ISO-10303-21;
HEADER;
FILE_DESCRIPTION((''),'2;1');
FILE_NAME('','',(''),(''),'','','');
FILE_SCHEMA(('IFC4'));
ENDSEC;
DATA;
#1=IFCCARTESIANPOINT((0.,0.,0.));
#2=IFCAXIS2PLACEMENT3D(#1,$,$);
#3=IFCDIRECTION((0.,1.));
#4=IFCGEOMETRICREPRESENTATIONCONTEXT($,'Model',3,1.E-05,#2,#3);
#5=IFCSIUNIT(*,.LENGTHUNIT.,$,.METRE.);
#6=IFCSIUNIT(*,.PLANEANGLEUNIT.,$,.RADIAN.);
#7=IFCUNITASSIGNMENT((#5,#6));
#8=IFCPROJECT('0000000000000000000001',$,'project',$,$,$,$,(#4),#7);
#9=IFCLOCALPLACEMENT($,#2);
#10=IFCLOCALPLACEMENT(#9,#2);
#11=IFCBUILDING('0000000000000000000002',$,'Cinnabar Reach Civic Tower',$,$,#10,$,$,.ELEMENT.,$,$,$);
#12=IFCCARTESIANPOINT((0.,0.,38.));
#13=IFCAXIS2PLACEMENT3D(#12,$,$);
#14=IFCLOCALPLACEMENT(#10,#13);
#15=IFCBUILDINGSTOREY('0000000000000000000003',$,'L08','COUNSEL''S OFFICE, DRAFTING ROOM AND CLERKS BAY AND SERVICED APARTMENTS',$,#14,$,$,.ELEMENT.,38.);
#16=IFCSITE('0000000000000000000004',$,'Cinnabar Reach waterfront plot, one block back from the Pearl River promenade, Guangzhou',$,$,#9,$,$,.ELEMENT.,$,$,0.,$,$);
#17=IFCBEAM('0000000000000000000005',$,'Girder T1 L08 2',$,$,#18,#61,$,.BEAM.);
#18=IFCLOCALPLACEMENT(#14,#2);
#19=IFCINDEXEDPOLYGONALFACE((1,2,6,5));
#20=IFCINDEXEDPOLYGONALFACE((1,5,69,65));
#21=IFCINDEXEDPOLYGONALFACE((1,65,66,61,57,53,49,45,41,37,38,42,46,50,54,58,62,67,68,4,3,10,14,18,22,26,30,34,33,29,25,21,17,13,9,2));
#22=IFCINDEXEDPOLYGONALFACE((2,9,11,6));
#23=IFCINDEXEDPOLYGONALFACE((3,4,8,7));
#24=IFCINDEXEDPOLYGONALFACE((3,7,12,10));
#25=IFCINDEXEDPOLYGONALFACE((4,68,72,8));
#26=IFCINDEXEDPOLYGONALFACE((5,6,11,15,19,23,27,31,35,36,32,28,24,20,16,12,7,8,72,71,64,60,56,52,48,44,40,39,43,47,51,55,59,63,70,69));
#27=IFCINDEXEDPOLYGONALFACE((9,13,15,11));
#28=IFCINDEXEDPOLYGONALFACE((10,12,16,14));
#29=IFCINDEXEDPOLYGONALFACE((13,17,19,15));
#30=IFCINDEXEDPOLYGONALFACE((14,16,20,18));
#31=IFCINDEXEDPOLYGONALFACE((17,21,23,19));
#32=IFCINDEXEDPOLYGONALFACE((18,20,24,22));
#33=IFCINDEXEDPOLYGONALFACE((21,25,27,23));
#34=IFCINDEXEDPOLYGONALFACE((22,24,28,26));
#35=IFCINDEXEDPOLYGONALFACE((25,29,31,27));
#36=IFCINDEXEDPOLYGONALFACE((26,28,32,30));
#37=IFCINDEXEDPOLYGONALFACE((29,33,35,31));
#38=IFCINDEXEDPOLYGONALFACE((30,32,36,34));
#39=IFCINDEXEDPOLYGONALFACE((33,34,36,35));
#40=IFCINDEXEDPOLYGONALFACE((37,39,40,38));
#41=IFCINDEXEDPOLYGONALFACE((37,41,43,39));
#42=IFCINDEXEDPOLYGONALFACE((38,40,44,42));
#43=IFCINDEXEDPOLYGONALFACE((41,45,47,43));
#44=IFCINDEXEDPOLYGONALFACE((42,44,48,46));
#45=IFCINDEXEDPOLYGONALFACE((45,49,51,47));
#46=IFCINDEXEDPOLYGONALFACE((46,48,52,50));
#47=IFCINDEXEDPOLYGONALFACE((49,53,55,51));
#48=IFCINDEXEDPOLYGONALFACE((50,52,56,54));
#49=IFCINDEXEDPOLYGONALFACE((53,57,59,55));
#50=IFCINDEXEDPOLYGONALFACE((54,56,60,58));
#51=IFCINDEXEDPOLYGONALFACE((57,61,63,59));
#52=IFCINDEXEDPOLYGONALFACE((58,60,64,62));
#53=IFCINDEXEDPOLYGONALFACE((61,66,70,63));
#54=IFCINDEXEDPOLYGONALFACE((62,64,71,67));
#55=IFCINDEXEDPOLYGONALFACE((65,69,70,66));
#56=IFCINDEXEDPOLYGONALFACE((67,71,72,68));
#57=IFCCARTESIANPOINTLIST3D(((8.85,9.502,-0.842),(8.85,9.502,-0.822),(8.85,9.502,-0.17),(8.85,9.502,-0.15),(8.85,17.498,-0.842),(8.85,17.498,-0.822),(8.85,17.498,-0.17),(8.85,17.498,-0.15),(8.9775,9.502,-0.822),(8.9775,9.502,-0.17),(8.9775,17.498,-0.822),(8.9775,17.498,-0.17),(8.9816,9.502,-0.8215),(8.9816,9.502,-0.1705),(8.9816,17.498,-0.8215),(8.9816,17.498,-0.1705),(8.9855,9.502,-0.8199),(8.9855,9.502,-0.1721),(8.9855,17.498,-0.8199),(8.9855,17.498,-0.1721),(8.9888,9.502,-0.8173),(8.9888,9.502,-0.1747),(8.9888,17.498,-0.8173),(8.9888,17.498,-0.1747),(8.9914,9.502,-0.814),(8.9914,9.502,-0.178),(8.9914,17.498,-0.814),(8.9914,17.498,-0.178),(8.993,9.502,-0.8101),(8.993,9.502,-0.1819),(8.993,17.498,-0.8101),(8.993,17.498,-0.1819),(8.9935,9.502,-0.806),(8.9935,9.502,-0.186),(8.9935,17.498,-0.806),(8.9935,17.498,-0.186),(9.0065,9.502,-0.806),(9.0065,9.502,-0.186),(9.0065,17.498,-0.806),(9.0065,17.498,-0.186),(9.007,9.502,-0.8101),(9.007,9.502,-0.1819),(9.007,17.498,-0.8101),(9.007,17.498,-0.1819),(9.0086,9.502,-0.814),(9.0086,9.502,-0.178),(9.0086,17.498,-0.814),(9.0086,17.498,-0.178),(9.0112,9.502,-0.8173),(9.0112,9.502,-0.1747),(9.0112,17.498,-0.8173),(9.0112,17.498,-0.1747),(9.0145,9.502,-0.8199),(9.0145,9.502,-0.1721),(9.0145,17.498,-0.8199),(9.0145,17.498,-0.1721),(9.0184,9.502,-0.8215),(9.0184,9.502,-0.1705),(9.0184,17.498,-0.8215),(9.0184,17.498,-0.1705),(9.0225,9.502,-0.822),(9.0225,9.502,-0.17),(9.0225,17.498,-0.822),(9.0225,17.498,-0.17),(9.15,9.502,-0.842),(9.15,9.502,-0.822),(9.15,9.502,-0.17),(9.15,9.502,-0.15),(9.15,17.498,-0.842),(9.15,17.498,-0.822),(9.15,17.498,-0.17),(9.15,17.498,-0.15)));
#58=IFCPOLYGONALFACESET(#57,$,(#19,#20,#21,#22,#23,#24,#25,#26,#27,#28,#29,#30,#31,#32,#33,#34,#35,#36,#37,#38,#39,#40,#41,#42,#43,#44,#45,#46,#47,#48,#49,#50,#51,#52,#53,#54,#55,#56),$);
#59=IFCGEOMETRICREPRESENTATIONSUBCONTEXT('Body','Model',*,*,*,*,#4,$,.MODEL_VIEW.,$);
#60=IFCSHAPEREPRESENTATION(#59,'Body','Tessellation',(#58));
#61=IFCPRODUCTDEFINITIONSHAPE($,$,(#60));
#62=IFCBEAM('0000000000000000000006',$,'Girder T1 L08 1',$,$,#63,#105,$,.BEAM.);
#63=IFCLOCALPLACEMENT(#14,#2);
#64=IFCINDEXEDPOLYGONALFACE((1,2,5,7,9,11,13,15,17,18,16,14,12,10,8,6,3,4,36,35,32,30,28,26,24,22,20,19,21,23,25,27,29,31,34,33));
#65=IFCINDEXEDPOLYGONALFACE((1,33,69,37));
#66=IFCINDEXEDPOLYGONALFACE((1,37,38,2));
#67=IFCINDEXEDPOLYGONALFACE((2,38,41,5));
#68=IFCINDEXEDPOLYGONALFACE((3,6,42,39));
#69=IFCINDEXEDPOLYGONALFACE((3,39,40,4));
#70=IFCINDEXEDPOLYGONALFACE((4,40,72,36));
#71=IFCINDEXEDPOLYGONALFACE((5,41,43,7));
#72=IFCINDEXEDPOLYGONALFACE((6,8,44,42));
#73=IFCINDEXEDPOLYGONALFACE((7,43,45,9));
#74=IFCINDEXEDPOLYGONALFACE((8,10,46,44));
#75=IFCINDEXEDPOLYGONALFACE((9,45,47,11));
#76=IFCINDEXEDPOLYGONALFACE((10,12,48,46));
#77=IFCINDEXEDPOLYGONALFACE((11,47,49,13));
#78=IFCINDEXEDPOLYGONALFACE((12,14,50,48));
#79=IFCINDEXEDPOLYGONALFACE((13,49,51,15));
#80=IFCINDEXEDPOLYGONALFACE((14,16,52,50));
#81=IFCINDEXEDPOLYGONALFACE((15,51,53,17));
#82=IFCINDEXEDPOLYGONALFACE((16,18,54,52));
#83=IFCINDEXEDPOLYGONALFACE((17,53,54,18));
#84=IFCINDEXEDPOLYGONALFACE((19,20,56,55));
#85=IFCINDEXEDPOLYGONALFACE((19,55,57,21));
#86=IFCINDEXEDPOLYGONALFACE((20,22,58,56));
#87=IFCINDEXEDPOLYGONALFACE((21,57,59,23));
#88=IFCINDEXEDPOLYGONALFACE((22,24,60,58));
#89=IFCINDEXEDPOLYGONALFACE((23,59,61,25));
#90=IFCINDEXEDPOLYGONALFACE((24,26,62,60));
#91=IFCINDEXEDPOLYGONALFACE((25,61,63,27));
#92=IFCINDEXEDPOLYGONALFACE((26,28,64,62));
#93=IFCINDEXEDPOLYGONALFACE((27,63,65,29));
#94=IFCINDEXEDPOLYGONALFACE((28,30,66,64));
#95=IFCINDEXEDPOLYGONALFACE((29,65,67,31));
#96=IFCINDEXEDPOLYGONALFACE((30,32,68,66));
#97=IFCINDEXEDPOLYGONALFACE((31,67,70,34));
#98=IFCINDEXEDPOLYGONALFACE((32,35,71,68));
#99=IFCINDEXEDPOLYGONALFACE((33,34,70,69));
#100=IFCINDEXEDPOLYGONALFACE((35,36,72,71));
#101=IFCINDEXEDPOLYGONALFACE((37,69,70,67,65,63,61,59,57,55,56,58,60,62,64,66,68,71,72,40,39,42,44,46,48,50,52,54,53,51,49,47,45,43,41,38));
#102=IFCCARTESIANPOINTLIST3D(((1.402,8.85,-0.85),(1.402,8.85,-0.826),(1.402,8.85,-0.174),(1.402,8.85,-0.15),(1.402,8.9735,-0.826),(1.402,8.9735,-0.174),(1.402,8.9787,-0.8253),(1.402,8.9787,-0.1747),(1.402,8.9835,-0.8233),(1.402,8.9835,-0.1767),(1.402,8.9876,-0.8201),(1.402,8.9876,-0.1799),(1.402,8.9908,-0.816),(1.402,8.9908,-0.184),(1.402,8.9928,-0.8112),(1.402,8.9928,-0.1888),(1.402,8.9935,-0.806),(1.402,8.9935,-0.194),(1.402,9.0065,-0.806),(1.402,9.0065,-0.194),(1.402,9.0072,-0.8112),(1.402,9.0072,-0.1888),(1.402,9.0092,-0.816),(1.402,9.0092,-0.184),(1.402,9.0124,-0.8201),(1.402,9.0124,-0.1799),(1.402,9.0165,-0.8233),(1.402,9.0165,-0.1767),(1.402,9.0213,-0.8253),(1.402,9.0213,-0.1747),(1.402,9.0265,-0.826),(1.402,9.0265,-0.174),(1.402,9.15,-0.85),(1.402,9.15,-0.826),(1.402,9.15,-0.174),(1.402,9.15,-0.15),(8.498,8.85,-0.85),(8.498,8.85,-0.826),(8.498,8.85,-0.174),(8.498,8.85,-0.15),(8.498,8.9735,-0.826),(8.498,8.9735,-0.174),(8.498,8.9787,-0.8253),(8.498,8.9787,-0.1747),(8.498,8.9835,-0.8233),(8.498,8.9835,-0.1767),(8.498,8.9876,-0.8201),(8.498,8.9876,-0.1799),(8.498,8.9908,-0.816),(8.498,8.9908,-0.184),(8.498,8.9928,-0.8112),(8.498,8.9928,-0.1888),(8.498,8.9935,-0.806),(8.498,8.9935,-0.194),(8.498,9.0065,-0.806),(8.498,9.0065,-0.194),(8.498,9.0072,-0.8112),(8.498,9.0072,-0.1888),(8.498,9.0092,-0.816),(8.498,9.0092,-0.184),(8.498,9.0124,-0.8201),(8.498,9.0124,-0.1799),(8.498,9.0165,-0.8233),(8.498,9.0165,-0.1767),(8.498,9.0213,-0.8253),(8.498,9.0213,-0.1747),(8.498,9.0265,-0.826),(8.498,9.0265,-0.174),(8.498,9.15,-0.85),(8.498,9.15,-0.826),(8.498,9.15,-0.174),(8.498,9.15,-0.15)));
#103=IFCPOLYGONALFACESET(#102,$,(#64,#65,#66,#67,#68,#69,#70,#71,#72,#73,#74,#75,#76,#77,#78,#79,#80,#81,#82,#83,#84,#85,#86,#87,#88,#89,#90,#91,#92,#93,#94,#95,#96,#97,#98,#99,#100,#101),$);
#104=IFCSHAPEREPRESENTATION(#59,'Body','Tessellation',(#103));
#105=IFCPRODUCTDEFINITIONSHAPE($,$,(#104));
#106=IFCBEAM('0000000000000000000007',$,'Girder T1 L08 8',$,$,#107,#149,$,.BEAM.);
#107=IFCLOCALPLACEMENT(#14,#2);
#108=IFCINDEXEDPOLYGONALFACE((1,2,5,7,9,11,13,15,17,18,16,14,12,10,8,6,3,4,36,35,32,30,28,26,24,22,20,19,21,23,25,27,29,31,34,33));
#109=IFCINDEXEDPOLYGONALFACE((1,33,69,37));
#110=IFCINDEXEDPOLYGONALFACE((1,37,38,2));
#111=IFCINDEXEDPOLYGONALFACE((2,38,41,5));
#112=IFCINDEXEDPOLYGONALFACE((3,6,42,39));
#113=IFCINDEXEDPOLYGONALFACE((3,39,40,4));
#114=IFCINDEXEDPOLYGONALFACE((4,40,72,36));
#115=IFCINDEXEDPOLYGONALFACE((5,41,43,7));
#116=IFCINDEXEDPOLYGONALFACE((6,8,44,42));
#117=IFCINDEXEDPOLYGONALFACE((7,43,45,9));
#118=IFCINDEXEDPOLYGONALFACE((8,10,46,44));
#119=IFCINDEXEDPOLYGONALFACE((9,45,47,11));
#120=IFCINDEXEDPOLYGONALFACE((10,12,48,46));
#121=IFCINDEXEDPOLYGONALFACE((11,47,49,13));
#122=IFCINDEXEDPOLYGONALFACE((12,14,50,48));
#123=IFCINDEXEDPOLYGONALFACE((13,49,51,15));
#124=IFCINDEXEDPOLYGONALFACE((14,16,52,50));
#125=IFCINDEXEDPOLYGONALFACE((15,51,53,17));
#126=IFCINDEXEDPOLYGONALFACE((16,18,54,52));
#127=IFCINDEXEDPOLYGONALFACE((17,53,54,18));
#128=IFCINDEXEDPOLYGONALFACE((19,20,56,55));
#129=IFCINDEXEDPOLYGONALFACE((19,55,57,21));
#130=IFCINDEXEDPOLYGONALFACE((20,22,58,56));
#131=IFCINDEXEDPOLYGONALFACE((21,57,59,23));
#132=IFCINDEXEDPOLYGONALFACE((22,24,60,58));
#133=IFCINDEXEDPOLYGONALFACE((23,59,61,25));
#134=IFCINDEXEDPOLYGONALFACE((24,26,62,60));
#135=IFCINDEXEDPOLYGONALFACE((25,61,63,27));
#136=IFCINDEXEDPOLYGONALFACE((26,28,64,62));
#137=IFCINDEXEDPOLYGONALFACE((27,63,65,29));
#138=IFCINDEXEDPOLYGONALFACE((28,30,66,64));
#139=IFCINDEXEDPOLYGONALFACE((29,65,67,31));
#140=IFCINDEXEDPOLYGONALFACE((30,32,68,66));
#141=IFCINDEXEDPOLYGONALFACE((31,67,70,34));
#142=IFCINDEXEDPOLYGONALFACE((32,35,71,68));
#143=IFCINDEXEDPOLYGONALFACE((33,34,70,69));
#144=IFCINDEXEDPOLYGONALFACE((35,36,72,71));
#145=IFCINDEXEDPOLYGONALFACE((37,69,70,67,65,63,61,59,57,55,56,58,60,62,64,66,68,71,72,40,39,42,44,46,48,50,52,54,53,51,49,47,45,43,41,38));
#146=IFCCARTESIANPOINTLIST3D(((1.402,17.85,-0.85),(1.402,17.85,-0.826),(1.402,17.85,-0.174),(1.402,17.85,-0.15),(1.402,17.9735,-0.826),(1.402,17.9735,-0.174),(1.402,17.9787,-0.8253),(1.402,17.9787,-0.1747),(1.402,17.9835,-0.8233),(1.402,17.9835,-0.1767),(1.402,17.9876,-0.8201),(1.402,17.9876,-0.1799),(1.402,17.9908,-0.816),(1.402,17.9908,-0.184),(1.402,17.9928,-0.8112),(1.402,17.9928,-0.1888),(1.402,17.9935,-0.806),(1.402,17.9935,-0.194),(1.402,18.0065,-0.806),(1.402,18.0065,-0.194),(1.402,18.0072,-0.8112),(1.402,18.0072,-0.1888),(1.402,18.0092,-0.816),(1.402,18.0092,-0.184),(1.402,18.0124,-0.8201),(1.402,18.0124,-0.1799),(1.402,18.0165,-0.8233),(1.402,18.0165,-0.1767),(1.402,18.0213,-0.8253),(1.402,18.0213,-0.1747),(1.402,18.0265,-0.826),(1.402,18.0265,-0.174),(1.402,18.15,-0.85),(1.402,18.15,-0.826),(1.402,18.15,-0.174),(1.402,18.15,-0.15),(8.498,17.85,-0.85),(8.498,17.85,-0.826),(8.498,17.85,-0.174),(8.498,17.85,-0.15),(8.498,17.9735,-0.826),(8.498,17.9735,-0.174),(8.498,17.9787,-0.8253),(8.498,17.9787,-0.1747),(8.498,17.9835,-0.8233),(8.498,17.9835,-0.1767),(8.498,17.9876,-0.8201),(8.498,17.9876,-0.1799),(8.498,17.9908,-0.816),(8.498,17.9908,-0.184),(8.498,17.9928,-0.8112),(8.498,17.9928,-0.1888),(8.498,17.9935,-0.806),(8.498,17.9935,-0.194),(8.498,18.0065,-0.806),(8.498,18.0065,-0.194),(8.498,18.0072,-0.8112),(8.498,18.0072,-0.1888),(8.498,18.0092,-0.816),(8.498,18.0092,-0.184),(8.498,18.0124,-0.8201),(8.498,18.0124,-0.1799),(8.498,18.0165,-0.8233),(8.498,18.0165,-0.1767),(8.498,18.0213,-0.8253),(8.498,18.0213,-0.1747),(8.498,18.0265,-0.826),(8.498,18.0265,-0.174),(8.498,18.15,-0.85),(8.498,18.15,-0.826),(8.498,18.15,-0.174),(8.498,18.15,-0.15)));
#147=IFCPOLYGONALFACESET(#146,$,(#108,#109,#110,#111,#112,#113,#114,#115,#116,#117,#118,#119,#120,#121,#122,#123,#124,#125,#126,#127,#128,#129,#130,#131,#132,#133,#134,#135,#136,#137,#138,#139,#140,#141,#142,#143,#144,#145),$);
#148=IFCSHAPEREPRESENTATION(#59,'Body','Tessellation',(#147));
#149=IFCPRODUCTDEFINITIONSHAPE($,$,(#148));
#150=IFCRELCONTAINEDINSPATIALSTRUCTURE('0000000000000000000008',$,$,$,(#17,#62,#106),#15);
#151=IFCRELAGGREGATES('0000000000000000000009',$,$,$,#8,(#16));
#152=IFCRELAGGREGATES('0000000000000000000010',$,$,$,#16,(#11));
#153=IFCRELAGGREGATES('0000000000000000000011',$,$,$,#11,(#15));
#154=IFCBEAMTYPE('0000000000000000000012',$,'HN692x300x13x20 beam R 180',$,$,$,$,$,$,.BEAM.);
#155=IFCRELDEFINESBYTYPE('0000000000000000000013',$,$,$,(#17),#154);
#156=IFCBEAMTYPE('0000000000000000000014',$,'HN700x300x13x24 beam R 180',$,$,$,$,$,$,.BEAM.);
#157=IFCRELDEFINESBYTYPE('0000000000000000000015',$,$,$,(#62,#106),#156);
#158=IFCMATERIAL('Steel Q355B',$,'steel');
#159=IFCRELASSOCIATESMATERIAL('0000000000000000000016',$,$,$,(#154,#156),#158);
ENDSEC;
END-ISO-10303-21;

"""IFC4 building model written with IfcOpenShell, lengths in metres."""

from ifc_helpers import new_model, si_unit, direction, frame, origin, origin_2d, place, context, subcontext, project, spatial, i_section, extrude, material, material_profile, profile_set, type_object, element, save


model = new_model("IFC4")

# Units and contexts
model_context = context("Model", 3, precision=1e-05, world=origin(), true_north=direction((0.0, 1.0)))
body_context = subcontext(model_context, "Body", "Model", "MODEL_VIEW")
ifc_project = project(units=[si_unit("LENGTHUNIT", "METRE"), si_unit("PLANEANGLEUNIT", "RADIAN")], contexts=[model_context])

# Site, building, storey
site_placement = place(None, origin())
site = spatial("IfcSite", under=ifc_project, at=site_placement, Name="Cinnabar Reach waterfront plot, one block back from the Pearl River promenade, Guangzhou", CompositionType="ELEMENT", RefElevation=0.0)
building_placement = place(site_placement, origin())
building = spatial("IfcBuilding", under=site, at=building_placement, Name="Cinnabar Reach Civic Tower", CompositionType="ELEMENT")
storey_placement = place(building_placement, frame((0.0, 0.0, 38.0)))
storey = spatial("IfcBuildingStorey", under=building, at=storey_placement, Name="L08", Description="COUNSEL'S OFFICE, DRAFTING ROOM AND CLERKS BAY AND SERVICED APARTMENTS", CompositionType="ELEMENT", Elevation=38.0)

# Beams
ifc_material_1 = material(Name="Steel Q355B", Category="steel")
ifc_material_profile_1 = material_profile(ifc_material_1, i_section(OverallWidth=0.3, OverallDepth=0.692, WebThickness=0.013, FlangeThickness=0.02, FilletRadius=0.016, at=origin_2d()), Name="HN692x300x13x20")
ifc_profile_set_1 = profile_set([ifc_material_profile_1], Name="Steel Q355B")
beam_type_1 = type_object("IfcBeamType", Name="HN692x300x13x20 beam R 180", PredefinedType="BEAM", material=ifc_profile_set_1)
beam_1_placement = place(storey_placement, frame((9.0, 9.502, -0.496), z_axis=(0.0, 1.0, 0.0), x_axis=(-1.0, 0.0, 0.0)))
element("IfcBeam", 1, at=beam_1_placement, inside=storey, type_object=beam_type_1, Name="Girder T1 L08 2", PredefinedType="BEAM", context=body_context, shape_type="SweptSolid", body=[
    extrude(i_section(OverallWidth=0.3, OverallDepth=0.692, WebThickness=0.013, FlangeThickness=0.02, FilletRadius=0.016, at=origin_2d()), origin(), (0.0, 0.0, 1.0), 7.996),
])
ifc_material_profile_2 = material_profile(ifc_material_1, i_section(OverallWidth=0.3, OverallDepth=0.7, WebThickness=0.013, FlangeThickness=0.024, FilletRadius=0.02, at=origin_2d()), Name="HN700x300x13x24")
ifc_profile_set_2 = profile_set([ifc_material_profile_2], Name="Steel Q355B")
beam_type_2 = type_object("IfcBeamType", Name="HN700x300x13x24 beam R 180", PredefinedType="BEAM", material=ifc_profile_set_2)
for number, where, z_axis, x_axis, name in (
    (2, (1.402, 9.0, -0.5), (1.0, 0.0, 0.0), (0.0, 1.0, 0.0), "Girder T1 L08 1"),
    (3, (1.402, 18.0, -0.5), (1.0, 0.0, 0.0), (0.0, 1.0, 0.0), "Girder T1 L08 8"),
):
    element("IfcBeam", number, at=place(storey_placement, frame(where, z_axis=z_axis, x_axis=x_axis)), inside=storey, type_object=beam_type_2, Name=name, PredefinedType="BEAM", context=body_context, shape_type="SweptSolid", body=[
        extrude(i_section(OverallWidth=0.3, OverallDepth=0.7, WebThickness=0.013, FlangeThickness=0.024, FilletRadius=0.02, at=origin_2d()), origin(), (0.0, 0.0, 1.0), 7.096),
    ])

save(model, "model.ifc")
